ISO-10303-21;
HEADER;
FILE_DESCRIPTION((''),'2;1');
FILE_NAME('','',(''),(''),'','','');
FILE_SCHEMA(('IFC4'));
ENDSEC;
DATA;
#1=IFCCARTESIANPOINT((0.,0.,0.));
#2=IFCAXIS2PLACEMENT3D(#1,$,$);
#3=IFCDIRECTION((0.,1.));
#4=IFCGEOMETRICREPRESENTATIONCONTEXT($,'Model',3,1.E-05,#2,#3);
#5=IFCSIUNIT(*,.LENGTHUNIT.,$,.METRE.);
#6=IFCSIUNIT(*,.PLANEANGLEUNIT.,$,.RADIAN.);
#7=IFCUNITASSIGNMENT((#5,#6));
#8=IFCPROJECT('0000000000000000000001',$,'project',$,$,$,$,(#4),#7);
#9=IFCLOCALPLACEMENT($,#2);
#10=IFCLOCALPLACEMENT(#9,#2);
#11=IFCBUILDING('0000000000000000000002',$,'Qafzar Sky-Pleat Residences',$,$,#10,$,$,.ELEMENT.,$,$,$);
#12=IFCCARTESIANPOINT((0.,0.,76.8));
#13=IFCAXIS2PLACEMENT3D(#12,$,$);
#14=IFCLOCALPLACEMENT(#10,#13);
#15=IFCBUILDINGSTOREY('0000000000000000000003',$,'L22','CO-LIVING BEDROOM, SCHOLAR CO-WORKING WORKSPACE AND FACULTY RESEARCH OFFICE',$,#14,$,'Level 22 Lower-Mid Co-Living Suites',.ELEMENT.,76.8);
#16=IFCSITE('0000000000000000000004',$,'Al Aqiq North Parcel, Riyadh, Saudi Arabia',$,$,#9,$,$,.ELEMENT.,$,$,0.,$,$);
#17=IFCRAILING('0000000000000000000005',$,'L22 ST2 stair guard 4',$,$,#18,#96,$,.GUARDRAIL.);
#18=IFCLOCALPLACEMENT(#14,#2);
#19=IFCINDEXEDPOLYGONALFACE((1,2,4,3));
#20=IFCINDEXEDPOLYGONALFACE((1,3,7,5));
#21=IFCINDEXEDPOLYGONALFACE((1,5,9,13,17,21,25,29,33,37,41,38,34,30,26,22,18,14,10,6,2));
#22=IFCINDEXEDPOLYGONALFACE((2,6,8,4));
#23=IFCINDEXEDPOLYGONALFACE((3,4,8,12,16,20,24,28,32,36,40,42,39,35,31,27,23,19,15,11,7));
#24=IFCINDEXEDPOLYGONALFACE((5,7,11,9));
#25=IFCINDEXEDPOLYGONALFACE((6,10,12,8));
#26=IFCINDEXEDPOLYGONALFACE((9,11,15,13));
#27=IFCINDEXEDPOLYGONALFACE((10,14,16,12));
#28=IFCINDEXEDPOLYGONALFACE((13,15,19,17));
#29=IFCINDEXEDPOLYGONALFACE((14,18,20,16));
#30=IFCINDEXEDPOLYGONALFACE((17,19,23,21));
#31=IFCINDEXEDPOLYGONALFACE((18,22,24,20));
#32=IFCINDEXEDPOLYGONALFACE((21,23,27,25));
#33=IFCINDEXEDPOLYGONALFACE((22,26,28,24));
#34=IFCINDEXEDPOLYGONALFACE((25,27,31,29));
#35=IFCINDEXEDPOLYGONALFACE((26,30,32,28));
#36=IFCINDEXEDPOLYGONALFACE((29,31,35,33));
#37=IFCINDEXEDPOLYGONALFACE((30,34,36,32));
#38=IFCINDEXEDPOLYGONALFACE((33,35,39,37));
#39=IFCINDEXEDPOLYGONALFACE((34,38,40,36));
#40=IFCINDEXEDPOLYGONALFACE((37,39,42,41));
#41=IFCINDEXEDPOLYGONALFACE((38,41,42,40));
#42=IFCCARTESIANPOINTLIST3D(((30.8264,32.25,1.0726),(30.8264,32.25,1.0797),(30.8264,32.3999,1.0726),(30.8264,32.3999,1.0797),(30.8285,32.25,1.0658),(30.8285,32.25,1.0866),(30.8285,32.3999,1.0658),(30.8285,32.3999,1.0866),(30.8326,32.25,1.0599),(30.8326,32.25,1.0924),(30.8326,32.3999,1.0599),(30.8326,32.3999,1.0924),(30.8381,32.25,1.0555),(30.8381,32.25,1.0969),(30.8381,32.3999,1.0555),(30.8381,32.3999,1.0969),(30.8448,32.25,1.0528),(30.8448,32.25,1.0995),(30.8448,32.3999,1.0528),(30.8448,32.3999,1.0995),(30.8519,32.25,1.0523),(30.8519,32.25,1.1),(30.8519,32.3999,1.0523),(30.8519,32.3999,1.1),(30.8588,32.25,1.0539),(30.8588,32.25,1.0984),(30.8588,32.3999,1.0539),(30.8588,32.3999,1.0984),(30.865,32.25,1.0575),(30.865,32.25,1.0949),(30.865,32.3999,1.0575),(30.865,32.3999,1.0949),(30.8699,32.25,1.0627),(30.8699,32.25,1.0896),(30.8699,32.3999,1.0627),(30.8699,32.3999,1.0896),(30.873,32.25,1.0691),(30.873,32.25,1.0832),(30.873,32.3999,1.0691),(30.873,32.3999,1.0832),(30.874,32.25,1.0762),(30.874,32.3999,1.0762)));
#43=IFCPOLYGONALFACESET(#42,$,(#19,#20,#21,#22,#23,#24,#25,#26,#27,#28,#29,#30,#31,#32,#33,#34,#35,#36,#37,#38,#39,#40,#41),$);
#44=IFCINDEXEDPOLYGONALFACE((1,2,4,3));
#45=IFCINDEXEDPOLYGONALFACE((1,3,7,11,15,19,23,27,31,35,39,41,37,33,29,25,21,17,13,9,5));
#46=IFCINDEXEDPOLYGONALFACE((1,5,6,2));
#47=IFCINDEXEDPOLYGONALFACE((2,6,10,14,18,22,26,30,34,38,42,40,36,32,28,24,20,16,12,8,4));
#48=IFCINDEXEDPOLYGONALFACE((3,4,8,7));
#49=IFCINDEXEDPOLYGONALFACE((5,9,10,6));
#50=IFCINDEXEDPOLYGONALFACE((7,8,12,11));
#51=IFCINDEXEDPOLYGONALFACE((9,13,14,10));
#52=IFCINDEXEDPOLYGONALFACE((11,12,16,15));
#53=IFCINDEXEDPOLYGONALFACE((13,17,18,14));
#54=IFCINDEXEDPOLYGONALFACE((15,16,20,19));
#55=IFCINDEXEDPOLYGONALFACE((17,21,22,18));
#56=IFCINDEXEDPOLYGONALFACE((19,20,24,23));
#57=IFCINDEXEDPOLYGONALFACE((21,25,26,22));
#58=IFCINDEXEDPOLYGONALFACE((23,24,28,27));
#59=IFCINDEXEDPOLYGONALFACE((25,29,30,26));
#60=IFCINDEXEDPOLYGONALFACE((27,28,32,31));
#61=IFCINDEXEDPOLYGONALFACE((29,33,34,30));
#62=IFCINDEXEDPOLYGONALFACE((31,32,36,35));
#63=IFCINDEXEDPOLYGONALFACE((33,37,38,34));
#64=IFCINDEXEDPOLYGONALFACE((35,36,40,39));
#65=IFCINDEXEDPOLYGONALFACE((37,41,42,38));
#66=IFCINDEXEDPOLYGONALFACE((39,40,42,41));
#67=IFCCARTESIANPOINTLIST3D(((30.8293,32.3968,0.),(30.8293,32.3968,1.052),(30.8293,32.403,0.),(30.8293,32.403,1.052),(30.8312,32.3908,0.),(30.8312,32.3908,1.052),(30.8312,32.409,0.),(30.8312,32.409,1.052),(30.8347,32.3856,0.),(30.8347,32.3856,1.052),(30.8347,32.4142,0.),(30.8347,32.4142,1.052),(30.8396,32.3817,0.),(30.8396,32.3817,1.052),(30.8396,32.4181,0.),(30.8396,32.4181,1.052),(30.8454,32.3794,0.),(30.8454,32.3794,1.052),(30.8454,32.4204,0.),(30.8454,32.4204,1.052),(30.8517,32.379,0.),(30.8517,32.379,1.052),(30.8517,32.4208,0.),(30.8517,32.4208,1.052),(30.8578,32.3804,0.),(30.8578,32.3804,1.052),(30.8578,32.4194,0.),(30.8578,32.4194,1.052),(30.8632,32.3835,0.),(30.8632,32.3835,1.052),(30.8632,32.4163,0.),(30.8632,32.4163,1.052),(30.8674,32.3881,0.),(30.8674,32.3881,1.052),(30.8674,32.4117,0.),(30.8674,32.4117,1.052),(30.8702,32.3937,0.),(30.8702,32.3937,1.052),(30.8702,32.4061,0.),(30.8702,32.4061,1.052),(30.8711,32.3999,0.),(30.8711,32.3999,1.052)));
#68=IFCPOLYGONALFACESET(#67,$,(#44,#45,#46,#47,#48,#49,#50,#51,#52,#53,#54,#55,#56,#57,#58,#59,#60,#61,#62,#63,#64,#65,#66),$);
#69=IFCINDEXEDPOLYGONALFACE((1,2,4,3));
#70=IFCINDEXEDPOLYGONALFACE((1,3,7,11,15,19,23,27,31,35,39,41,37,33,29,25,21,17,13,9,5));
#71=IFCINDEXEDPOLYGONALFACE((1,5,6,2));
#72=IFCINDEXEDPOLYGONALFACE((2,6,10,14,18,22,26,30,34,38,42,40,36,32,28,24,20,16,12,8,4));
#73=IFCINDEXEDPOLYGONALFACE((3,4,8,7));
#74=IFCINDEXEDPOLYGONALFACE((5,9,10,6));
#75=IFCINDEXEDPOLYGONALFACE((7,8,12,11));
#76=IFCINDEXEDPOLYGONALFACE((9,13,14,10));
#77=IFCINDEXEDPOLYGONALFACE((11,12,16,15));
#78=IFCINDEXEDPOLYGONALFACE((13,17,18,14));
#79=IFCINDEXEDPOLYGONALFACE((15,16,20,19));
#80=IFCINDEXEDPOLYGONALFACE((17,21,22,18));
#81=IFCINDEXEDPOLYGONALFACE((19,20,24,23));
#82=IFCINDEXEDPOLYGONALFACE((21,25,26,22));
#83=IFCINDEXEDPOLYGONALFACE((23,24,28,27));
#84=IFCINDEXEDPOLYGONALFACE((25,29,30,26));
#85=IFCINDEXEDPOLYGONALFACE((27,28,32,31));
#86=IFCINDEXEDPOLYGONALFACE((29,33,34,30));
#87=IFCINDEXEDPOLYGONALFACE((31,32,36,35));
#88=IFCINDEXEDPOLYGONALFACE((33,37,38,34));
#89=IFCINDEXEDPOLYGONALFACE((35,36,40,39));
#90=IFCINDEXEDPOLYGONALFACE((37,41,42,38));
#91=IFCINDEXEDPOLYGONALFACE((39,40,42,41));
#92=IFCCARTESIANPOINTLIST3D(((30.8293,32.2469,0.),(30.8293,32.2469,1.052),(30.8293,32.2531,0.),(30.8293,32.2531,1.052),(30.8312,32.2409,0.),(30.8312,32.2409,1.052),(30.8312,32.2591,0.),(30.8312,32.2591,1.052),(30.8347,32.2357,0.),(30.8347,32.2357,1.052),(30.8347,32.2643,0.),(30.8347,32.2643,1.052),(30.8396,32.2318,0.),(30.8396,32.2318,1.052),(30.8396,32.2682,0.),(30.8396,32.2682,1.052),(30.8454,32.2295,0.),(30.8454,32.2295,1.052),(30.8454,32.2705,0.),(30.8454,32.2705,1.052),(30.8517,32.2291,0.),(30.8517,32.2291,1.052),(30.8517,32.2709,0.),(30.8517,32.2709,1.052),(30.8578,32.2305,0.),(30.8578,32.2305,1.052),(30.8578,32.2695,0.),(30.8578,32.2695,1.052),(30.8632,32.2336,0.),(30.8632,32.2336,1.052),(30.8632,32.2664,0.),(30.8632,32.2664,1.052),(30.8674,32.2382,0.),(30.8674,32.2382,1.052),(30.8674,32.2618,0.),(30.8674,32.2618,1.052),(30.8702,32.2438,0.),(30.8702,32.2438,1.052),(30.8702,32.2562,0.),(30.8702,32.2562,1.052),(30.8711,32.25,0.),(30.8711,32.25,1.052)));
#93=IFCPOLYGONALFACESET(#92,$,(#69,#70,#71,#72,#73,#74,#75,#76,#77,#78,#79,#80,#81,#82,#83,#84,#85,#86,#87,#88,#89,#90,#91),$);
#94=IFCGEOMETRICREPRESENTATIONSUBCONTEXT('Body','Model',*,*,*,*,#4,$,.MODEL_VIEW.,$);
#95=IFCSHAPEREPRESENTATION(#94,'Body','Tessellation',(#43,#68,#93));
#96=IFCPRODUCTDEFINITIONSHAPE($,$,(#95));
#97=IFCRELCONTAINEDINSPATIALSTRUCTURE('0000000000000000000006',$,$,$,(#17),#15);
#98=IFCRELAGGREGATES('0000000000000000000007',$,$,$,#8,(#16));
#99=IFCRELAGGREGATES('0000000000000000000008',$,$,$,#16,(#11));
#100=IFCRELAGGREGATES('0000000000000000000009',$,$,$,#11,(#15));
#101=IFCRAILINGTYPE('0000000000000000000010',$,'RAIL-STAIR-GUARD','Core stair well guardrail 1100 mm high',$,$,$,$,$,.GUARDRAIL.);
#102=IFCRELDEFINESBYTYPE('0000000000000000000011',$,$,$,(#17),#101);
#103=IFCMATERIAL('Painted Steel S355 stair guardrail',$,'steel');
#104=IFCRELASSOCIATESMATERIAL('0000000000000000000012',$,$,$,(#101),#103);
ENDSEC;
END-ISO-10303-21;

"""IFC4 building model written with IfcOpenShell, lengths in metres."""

from ifc_helpers import new_model, si_unit, direction, frame, origin, origin_2d, place, context, subcontext, project, spatial, circle, extrude, source, transform, mapped, material, type_object, element, save


model = new_model("IFC4")

# Units and contexts
model_context = context("Model", 3, precision=1e-05, world=origin(), true_north=direction((0.0, 1.0)))
body_context = subcontext(model_context, "Body", "Model", "MODEL_VIEW")
ifc_project = project(units=[si_unit("LENGTHUNIT", "METRE"), si_unit("PLANEANGLEUNIT", "RADIAN")], contexts=[model_context])

# Site, building, storey
site_placement = place(None, origin())
site = spatial("IfcSite", under=ifc_project, at=site_placement, Name="Al Aqiq North Parcel, Riyadh, Saudi Arabia", CompositionType="ELEMENT", RefElevation=0.0)
building_placement = place(site_placement, origin())
building = spatial("IfcBuilding", under=site, at=building_placement, Name="Qafzar Sky-Pleat Residences", CompositionType="ELEMENT")
storey_placement = place(building_placement, frame((0.0, 0.0, 76.8)))
storey = spatial("IfcBuildingStorey", under=building, at=storey_placement, Name="L22", Description="CO-LIVING BEDROOM, SCHOLAR CO-WORKING WORKSPACE AND FACULTY RESEARCH OFFICE", LongName="Level 22 Lower-Mid Co-Living Suites", CompositionType="ELEMENT", Elevation=76.8)

# Railing
ifc_material_1 = material(Name="Painted Steel S355 stair guardrail", Category="steel")
railing_type_1 = type_object("IfcRailingType", Name="RAIL-STAIR-GUARD", Description="Core stair well guardrail 1100 mm high", PredefinedType="GUARDRAIL", material=ifc_material_1)
shared_shape_1 = source(origin(), body_context, "Body", "SweptSolid", [
    extrude(circle(Radius=0.0239, at=origin_2d()), frame((0.0, 0.0, 1.0762), z_axis=(0.0, -1.0, 0.0), x_axis=(1.0, 0.0, 0.0)), (0.0, 0.0, 1.0), 0.1499),
    extrude(circle(Radius=0.021, at=origin_2d()), origin(), (0.0, 0.0, 1.0), 1.052),
    extrude(circle(Radius=0.021, at=origin_2d()), frame((0.0, -0.1499, 0.0)), (0.0, 0.0, 1.0), 1.052),
])
for number, where, name in (
    (1, (30.8501, 32.3999, 0.0), "L22 ST2 stair guard 4"),
):
    element("IfcRailing", number, at=place(storey_placement, frame(where)), inside=storey, type_object=railing_type_1, Name=name, PredefinedType="GUARDRAIL", context=body_context, shape_type="MappedRepresentation", body=[
        mapped(shared_shape_1, transform((0.0, 0.0, 0.0), x_axis=(1.0, 0.0, 0.0), y_axis=(0.0, 1.0, 0.0), z_axis=(0.0, 0.0, 1.0), scale=1.0)),
    ])

save(model, "model.ifc")
